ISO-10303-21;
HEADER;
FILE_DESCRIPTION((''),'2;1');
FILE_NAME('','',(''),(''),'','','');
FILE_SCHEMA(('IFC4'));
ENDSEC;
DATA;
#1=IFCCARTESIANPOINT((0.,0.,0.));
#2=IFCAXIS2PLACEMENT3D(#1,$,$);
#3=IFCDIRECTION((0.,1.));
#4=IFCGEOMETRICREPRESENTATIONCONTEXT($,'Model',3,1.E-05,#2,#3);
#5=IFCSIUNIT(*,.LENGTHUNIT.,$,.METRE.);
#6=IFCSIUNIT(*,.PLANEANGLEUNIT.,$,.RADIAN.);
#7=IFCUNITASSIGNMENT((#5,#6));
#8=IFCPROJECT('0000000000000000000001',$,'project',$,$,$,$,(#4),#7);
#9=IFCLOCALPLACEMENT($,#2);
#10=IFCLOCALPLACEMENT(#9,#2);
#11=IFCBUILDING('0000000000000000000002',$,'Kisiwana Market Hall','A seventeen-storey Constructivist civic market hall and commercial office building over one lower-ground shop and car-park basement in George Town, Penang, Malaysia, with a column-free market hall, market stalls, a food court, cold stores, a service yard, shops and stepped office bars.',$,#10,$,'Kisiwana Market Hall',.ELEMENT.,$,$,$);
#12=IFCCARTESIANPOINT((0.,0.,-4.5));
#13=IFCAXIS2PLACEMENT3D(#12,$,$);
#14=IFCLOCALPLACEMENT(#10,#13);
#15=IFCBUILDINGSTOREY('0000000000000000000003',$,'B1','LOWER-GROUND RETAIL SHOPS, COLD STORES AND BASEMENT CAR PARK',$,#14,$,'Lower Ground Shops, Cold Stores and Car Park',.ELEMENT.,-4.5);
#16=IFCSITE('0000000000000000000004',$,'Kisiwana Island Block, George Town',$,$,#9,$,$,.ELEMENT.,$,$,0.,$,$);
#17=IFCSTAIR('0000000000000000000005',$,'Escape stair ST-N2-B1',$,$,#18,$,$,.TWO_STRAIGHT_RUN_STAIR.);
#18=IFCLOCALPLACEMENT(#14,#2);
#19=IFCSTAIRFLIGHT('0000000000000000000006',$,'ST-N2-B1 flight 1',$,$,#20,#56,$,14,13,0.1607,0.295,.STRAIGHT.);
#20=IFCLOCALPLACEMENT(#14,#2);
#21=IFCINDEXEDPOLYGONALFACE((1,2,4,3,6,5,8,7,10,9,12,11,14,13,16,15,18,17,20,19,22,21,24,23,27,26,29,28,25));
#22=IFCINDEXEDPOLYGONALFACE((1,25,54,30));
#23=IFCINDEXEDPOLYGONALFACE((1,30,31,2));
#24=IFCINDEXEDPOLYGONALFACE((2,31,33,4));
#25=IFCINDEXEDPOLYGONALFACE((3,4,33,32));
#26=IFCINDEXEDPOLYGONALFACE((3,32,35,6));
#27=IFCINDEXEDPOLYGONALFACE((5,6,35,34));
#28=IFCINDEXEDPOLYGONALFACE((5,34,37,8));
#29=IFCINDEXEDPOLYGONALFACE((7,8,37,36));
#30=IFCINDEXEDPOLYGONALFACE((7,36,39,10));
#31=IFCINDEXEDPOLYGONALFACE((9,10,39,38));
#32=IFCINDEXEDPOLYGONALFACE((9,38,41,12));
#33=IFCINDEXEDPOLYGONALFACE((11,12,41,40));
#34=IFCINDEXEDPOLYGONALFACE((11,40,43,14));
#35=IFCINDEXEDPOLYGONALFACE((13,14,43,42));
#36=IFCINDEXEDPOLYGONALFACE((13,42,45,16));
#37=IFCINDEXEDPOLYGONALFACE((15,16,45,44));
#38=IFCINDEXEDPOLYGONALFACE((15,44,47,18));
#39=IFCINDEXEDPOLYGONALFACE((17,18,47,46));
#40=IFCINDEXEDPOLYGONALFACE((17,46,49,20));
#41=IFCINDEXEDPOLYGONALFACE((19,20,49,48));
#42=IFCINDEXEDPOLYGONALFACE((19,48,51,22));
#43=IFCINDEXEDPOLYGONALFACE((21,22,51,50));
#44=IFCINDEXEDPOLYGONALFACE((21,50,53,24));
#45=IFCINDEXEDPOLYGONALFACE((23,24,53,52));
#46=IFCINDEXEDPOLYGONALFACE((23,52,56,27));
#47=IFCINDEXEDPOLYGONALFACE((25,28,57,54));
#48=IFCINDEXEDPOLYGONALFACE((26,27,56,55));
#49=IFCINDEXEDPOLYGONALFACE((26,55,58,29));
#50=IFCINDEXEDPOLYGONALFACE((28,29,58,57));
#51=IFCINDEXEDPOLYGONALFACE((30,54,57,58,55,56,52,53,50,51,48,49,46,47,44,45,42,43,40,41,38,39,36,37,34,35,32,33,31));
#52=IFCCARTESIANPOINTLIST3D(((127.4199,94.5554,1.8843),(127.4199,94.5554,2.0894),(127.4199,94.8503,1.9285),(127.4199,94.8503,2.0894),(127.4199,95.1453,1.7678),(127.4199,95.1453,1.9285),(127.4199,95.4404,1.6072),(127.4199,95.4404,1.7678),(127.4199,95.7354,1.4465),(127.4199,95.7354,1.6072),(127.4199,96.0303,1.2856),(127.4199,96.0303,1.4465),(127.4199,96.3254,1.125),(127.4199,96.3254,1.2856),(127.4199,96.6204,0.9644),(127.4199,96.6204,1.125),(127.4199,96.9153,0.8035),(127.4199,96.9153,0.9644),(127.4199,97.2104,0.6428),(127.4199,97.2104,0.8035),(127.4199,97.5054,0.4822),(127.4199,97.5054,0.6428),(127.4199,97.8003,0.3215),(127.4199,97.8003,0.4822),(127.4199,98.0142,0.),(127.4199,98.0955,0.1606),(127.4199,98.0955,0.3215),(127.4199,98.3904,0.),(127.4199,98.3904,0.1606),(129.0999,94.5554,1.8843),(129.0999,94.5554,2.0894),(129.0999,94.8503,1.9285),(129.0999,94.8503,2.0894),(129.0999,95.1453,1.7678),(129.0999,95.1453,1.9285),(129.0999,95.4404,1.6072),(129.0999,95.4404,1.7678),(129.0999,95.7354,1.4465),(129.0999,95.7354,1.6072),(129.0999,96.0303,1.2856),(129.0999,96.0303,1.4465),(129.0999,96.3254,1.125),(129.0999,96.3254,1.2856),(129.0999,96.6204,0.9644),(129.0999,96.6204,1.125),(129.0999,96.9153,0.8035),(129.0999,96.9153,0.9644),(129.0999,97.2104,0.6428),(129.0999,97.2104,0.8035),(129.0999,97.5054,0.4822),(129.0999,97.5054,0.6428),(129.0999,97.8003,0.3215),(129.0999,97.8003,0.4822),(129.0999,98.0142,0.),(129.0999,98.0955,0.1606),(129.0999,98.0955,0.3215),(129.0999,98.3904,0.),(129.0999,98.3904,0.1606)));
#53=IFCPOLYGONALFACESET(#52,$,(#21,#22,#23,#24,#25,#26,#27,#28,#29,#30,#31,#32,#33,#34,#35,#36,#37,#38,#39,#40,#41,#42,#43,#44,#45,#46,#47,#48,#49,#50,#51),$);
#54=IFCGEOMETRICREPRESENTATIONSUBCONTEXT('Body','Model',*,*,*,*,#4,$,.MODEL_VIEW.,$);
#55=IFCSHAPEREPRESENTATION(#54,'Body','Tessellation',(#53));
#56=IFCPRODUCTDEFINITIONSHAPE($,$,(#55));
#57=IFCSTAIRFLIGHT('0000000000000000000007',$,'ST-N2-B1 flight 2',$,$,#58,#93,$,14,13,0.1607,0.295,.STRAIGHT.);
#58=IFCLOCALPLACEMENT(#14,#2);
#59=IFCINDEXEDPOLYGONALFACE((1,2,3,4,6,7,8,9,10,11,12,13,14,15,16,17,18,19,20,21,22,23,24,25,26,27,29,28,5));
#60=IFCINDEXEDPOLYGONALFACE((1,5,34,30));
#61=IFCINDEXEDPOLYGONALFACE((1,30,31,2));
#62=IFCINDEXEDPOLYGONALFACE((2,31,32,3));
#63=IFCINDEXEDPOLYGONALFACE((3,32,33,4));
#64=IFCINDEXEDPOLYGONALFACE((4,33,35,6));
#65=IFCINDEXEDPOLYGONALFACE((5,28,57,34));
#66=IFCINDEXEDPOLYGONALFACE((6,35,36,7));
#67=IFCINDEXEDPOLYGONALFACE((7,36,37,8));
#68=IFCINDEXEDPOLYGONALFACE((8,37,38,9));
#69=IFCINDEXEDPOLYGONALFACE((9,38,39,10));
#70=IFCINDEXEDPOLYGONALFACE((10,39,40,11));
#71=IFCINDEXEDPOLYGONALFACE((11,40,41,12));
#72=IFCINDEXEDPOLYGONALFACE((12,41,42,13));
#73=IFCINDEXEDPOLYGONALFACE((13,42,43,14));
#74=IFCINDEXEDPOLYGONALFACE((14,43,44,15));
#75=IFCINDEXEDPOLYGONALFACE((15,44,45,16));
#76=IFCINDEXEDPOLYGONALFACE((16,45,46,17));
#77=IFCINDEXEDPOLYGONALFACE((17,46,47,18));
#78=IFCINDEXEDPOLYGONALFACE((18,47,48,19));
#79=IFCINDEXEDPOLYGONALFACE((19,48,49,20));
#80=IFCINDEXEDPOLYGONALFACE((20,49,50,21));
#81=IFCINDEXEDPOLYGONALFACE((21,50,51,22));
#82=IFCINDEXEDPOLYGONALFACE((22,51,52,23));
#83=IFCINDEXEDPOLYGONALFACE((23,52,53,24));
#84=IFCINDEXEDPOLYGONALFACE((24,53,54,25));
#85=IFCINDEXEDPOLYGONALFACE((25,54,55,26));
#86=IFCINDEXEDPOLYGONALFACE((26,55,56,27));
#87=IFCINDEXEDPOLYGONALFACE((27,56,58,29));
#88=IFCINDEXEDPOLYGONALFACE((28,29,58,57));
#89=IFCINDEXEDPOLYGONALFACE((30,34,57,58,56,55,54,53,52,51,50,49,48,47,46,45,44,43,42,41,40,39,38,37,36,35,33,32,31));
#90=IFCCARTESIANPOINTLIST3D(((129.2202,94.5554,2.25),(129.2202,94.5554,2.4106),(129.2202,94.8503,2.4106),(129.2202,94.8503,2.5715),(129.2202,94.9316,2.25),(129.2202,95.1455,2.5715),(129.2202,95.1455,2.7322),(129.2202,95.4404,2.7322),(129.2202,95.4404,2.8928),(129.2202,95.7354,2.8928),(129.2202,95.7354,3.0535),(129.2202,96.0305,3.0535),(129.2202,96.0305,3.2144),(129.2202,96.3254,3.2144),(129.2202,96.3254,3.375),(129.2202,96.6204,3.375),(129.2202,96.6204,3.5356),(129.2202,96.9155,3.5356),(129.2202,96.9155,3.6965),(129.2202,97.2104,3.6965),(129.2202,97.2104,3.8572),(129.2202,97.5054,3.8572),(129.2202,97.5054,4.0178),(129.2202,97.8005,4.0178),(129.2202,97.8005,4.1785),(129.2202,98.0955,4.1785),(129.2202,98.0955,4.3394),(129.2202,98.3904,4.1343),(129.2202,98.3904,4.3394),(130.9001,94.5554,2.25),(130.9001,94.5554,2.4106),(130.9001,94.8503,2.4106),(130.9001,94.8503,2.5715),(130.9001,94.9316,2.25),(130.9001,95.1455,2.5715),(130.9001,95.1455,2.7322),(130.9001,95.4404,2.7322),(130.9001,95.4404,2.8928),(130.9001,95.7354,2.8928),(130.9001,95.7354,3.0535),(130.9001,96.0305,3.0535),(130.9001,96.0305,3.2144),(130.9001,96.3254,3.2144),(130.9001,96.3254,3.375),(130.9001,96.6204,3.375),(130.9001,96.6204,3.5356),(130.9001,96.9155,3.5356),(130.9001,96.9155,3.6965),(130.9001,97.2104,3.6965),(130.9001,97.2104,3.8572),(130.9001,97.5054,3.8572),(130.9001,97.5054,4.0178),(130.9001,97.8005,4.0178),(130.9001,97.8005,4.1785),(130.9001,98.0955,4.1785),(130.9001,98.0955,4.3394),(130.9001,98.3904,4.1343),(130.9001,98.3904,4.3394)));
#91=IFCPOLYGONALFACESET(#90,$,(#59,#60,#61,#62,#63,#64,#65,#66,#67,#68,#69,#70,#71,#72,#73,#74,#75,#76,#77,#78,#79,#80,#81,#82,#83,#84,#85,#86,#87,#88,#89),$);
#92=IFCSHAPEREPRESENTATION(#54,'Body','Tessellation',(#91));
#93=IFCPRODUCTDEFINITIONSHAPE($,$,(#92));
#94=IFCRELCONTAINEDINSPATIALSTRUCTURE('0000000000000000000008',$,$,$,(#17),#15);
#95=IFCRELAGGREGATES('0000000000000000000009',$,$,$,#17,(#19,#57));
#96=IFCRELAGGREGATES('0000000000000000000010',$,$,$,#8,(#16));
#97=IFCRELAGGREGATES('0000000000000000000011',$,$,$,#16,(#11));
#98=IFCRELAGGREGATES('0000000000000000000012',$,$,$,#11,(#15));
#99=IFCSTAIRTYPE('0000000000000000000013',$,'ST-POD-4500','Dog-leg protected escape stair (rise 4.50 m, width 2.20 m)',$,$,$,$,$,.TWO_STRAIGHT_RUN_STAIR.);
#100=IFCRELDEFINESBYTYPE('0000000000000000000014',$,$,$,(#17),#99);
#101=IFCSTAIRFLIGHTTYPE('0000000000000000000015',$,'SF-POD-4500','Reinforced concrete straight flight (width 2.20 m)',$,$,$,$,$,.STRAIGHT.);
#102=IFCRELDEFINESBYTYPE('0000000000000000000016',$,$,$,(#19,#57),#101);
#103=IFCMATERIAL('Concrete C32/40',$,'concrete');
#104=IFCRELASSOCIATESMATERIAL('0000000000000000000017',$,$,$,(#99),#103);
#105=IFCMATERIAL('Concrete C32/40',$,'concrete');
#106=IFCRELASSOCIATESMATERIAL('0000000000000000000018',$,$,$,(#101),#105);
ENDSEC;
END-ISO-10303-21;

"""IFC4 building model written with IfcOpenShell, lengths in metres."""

from ifc_helpers import new_model, si_unit, direction, frame, origin, place, context, subcontext, project, spatial, polyline, outline, extrude, material, type_object, element, aggregate, save


model = new_model("IFC4")

# Units and contexts
model_context = context("Model", 3, precision=1e-05, world=origin(), true_north=direction((0.0, 1.0)))
body_context = subcontext(model_context, "Body", "Model", "MODEL_VIEW")
ifc_project = project(units=[si_unit("LENGTHUNIT", "METRE"), si_unit("PLANEANGLEUNIT", "RADIAN")], contexts=[model_context])

# Site, building, storey
site_placement = place(None, origin())
site = spatial("IfcSite", under=ifc_project, at=site_placement, Name="Kisiwana Island Block, George Town", CompositionType="ELEMENT", RefElevation=0.0)
building_placement = place(site_placement, origin())
building = spatial("IfcBuilding", under=site, at=building_placement, Name="Kisiwana Market Hall", Description="A seventeen-storey Constructivist civic market hall and commercial office building over one lower-ground shop and car-park basement in George Town, Penang, Malaysia, with a column-free market hall, market stalls, a food court, cold stores, a service yard, shops and stepped office bars.", LongName="Kisiwana Market Hall", CompositionType="ELEMENT")
storey_placement = place(building_placement, frame((0.0, 0.0, -4.5)))
storey = spatial("IfcBuildingStorey", under=building, at=storey_placement, Name="B1", Description="LOWER-GROUND RETAIL SHOPS, COLD STORES AND BASEMENT CAR PARK", LongName="Lower Ground Shops, Cold Stores and Car Park", CompositionType="ELEMENT", Elevation=-4.5)

# Stair, stair flights
ifc_material_1 = material(Name="Concrete C32/40", Category="concrete")
stair_type = type_object("IfcStairType", Name="ST-POD-4500", Description="Dog-leg protected escape stair (rise 4.50 m, width 2.20 m)", PredefinedType="TWO_STRAIGHT_RUN_STAIR", material=ifc_material_1)
stair_placement = place(storey_placement, origin())
stair = element("IfcStair", 1, at=stair_placement, inside=storey, type_object=stair_type, Name="Escape stair ST-N2-B1", PredefinedType="TWO_STRAIGHT_RUN_STAIR")
ifc_material_2 = material(Name="Concrete C32/40", Category="concrete")
stair_flight_type = type_object("IfcStairFlightType", Name="SF-POD-4500", Description="Reinforced concrete straight flight (width 2.20 m)", PredefinedType="STRAIGHT", material=ifc_material_2)
stair_flight_1_placement = place(storey_placement, frame((128.26, 98.3904, 0.0), z_axis=(0.0, 0.0, 1.0), x_axis=(0.0, -1.0, 0.0)))
stair_flight_1 = element("IfcStairFlight", 2, at=stair_flight_1_placement, type_object=stair_flight_type, Name="ST-N2-B1 flight 1", NumberOfRisers=14, NumberOfTreads=13, PredefinedType="STRAIGHT", RiserHeight=0.1607, TreadLength=0.295, context=body_context, shape_type="SweptSolid", body=[
    extrude(outline(polyline([(0.0, 0.0), (0.0, 0.1606), (0.2949, 0.1606), (0.2949, 0.3215), (0.5901, 0.3215), (0.5901, 0.4822), (0.885, 0.4822), (0.885, 0.6428), (1.1799, 0.6428), (1.1799, 0.8035), (1.4751, 0.8035), (1.4751, 0.9644), (1.77, 0.9644), (1.77, 1.125), (2.0649, 1.125), (2.0649, 1.2856), (2.3601, 1.2856), (2.3601, 1.4465), (2.655, 1.4465), (2.655, 1.6072), (2.95, 1.6072), (2.95, 1.7678), (3.2451, 1.7678), (3.2451, 1.9285), (3.54, 1.9285), (3.54, 2.0894), (3.835, 2.0894), (3.835, 2.25), (3.835, 1.8843), (0.3762, 0.0), (0.0, 0.0)])), frame((0.0, 0.8398, 0.0), z_axis=(0.0, -1.0, 0.0), x_axis=(1.0, 0.0, 0.0)), (0.0, 0.0, 1.0), 1.6799),
])
stair_flight_2_placement = place(storey_placement, frame((130.0601, 94.5554, 2.25), z_axis=(0.0, 0.0, 1.0), x_axis=(0.0, 1.0, 0.0)))
stair_flight_2 = element("IfcStairFlight", 3, at=stair_flight_2_placement, type_object=stair_flight_type, Name="ST-N2-B1 flight 2", NumberOfRisers=14, NumberOfTreads=13, PredefinedType="STRAIGHT", RiserHeight=0.1607, TreadLength=0.295, context=body_context, shape_type="SweptSolid", body=[
    extrude(outline(polyline([(0.0, 0.0), (0.0, 0.1606), (0.2949, 0.1606), (0.2949, 0.3215), (0.5901, 0.3215), (0.5901, 0.4822), (0.885, 0.4822), (0.885, 0.6428), (1.1799, 0.6428), (1.1799, 0.8035), (1.4751, 0.8035), (1.4751, 0.9644), (1.77, 0.9644), (1.77, 1.125), (2.0649, 1.125), (2.0649, 1.2856), (2.3601, 1.2856), (2.3601, 1.4465), (2.655, 1.4465), (2.655, 1.6072), (2.95, 1.6072), (2.95, 1.7678), (3.2451, 1.7678), (3.2451, 1.9285), (3.54, 1.9285), (3.54, 2.0894), (3.835, 2.0894), (3.835, 2.25), (3.835, 1.8843), (0.3762, 0.0), (0.0, 0.0)])), frame((0.0, 0.8398, 0.0), z_axis=(0.0, -1.0, 0.0), x_axis=(1.0, 0.0, 0.0)), (0.0, 0.0, 1.0), 1.6799),
])
aggregate(stair, [stair_flight_1, stair_flight_2])

save(model, "model.ifc")
